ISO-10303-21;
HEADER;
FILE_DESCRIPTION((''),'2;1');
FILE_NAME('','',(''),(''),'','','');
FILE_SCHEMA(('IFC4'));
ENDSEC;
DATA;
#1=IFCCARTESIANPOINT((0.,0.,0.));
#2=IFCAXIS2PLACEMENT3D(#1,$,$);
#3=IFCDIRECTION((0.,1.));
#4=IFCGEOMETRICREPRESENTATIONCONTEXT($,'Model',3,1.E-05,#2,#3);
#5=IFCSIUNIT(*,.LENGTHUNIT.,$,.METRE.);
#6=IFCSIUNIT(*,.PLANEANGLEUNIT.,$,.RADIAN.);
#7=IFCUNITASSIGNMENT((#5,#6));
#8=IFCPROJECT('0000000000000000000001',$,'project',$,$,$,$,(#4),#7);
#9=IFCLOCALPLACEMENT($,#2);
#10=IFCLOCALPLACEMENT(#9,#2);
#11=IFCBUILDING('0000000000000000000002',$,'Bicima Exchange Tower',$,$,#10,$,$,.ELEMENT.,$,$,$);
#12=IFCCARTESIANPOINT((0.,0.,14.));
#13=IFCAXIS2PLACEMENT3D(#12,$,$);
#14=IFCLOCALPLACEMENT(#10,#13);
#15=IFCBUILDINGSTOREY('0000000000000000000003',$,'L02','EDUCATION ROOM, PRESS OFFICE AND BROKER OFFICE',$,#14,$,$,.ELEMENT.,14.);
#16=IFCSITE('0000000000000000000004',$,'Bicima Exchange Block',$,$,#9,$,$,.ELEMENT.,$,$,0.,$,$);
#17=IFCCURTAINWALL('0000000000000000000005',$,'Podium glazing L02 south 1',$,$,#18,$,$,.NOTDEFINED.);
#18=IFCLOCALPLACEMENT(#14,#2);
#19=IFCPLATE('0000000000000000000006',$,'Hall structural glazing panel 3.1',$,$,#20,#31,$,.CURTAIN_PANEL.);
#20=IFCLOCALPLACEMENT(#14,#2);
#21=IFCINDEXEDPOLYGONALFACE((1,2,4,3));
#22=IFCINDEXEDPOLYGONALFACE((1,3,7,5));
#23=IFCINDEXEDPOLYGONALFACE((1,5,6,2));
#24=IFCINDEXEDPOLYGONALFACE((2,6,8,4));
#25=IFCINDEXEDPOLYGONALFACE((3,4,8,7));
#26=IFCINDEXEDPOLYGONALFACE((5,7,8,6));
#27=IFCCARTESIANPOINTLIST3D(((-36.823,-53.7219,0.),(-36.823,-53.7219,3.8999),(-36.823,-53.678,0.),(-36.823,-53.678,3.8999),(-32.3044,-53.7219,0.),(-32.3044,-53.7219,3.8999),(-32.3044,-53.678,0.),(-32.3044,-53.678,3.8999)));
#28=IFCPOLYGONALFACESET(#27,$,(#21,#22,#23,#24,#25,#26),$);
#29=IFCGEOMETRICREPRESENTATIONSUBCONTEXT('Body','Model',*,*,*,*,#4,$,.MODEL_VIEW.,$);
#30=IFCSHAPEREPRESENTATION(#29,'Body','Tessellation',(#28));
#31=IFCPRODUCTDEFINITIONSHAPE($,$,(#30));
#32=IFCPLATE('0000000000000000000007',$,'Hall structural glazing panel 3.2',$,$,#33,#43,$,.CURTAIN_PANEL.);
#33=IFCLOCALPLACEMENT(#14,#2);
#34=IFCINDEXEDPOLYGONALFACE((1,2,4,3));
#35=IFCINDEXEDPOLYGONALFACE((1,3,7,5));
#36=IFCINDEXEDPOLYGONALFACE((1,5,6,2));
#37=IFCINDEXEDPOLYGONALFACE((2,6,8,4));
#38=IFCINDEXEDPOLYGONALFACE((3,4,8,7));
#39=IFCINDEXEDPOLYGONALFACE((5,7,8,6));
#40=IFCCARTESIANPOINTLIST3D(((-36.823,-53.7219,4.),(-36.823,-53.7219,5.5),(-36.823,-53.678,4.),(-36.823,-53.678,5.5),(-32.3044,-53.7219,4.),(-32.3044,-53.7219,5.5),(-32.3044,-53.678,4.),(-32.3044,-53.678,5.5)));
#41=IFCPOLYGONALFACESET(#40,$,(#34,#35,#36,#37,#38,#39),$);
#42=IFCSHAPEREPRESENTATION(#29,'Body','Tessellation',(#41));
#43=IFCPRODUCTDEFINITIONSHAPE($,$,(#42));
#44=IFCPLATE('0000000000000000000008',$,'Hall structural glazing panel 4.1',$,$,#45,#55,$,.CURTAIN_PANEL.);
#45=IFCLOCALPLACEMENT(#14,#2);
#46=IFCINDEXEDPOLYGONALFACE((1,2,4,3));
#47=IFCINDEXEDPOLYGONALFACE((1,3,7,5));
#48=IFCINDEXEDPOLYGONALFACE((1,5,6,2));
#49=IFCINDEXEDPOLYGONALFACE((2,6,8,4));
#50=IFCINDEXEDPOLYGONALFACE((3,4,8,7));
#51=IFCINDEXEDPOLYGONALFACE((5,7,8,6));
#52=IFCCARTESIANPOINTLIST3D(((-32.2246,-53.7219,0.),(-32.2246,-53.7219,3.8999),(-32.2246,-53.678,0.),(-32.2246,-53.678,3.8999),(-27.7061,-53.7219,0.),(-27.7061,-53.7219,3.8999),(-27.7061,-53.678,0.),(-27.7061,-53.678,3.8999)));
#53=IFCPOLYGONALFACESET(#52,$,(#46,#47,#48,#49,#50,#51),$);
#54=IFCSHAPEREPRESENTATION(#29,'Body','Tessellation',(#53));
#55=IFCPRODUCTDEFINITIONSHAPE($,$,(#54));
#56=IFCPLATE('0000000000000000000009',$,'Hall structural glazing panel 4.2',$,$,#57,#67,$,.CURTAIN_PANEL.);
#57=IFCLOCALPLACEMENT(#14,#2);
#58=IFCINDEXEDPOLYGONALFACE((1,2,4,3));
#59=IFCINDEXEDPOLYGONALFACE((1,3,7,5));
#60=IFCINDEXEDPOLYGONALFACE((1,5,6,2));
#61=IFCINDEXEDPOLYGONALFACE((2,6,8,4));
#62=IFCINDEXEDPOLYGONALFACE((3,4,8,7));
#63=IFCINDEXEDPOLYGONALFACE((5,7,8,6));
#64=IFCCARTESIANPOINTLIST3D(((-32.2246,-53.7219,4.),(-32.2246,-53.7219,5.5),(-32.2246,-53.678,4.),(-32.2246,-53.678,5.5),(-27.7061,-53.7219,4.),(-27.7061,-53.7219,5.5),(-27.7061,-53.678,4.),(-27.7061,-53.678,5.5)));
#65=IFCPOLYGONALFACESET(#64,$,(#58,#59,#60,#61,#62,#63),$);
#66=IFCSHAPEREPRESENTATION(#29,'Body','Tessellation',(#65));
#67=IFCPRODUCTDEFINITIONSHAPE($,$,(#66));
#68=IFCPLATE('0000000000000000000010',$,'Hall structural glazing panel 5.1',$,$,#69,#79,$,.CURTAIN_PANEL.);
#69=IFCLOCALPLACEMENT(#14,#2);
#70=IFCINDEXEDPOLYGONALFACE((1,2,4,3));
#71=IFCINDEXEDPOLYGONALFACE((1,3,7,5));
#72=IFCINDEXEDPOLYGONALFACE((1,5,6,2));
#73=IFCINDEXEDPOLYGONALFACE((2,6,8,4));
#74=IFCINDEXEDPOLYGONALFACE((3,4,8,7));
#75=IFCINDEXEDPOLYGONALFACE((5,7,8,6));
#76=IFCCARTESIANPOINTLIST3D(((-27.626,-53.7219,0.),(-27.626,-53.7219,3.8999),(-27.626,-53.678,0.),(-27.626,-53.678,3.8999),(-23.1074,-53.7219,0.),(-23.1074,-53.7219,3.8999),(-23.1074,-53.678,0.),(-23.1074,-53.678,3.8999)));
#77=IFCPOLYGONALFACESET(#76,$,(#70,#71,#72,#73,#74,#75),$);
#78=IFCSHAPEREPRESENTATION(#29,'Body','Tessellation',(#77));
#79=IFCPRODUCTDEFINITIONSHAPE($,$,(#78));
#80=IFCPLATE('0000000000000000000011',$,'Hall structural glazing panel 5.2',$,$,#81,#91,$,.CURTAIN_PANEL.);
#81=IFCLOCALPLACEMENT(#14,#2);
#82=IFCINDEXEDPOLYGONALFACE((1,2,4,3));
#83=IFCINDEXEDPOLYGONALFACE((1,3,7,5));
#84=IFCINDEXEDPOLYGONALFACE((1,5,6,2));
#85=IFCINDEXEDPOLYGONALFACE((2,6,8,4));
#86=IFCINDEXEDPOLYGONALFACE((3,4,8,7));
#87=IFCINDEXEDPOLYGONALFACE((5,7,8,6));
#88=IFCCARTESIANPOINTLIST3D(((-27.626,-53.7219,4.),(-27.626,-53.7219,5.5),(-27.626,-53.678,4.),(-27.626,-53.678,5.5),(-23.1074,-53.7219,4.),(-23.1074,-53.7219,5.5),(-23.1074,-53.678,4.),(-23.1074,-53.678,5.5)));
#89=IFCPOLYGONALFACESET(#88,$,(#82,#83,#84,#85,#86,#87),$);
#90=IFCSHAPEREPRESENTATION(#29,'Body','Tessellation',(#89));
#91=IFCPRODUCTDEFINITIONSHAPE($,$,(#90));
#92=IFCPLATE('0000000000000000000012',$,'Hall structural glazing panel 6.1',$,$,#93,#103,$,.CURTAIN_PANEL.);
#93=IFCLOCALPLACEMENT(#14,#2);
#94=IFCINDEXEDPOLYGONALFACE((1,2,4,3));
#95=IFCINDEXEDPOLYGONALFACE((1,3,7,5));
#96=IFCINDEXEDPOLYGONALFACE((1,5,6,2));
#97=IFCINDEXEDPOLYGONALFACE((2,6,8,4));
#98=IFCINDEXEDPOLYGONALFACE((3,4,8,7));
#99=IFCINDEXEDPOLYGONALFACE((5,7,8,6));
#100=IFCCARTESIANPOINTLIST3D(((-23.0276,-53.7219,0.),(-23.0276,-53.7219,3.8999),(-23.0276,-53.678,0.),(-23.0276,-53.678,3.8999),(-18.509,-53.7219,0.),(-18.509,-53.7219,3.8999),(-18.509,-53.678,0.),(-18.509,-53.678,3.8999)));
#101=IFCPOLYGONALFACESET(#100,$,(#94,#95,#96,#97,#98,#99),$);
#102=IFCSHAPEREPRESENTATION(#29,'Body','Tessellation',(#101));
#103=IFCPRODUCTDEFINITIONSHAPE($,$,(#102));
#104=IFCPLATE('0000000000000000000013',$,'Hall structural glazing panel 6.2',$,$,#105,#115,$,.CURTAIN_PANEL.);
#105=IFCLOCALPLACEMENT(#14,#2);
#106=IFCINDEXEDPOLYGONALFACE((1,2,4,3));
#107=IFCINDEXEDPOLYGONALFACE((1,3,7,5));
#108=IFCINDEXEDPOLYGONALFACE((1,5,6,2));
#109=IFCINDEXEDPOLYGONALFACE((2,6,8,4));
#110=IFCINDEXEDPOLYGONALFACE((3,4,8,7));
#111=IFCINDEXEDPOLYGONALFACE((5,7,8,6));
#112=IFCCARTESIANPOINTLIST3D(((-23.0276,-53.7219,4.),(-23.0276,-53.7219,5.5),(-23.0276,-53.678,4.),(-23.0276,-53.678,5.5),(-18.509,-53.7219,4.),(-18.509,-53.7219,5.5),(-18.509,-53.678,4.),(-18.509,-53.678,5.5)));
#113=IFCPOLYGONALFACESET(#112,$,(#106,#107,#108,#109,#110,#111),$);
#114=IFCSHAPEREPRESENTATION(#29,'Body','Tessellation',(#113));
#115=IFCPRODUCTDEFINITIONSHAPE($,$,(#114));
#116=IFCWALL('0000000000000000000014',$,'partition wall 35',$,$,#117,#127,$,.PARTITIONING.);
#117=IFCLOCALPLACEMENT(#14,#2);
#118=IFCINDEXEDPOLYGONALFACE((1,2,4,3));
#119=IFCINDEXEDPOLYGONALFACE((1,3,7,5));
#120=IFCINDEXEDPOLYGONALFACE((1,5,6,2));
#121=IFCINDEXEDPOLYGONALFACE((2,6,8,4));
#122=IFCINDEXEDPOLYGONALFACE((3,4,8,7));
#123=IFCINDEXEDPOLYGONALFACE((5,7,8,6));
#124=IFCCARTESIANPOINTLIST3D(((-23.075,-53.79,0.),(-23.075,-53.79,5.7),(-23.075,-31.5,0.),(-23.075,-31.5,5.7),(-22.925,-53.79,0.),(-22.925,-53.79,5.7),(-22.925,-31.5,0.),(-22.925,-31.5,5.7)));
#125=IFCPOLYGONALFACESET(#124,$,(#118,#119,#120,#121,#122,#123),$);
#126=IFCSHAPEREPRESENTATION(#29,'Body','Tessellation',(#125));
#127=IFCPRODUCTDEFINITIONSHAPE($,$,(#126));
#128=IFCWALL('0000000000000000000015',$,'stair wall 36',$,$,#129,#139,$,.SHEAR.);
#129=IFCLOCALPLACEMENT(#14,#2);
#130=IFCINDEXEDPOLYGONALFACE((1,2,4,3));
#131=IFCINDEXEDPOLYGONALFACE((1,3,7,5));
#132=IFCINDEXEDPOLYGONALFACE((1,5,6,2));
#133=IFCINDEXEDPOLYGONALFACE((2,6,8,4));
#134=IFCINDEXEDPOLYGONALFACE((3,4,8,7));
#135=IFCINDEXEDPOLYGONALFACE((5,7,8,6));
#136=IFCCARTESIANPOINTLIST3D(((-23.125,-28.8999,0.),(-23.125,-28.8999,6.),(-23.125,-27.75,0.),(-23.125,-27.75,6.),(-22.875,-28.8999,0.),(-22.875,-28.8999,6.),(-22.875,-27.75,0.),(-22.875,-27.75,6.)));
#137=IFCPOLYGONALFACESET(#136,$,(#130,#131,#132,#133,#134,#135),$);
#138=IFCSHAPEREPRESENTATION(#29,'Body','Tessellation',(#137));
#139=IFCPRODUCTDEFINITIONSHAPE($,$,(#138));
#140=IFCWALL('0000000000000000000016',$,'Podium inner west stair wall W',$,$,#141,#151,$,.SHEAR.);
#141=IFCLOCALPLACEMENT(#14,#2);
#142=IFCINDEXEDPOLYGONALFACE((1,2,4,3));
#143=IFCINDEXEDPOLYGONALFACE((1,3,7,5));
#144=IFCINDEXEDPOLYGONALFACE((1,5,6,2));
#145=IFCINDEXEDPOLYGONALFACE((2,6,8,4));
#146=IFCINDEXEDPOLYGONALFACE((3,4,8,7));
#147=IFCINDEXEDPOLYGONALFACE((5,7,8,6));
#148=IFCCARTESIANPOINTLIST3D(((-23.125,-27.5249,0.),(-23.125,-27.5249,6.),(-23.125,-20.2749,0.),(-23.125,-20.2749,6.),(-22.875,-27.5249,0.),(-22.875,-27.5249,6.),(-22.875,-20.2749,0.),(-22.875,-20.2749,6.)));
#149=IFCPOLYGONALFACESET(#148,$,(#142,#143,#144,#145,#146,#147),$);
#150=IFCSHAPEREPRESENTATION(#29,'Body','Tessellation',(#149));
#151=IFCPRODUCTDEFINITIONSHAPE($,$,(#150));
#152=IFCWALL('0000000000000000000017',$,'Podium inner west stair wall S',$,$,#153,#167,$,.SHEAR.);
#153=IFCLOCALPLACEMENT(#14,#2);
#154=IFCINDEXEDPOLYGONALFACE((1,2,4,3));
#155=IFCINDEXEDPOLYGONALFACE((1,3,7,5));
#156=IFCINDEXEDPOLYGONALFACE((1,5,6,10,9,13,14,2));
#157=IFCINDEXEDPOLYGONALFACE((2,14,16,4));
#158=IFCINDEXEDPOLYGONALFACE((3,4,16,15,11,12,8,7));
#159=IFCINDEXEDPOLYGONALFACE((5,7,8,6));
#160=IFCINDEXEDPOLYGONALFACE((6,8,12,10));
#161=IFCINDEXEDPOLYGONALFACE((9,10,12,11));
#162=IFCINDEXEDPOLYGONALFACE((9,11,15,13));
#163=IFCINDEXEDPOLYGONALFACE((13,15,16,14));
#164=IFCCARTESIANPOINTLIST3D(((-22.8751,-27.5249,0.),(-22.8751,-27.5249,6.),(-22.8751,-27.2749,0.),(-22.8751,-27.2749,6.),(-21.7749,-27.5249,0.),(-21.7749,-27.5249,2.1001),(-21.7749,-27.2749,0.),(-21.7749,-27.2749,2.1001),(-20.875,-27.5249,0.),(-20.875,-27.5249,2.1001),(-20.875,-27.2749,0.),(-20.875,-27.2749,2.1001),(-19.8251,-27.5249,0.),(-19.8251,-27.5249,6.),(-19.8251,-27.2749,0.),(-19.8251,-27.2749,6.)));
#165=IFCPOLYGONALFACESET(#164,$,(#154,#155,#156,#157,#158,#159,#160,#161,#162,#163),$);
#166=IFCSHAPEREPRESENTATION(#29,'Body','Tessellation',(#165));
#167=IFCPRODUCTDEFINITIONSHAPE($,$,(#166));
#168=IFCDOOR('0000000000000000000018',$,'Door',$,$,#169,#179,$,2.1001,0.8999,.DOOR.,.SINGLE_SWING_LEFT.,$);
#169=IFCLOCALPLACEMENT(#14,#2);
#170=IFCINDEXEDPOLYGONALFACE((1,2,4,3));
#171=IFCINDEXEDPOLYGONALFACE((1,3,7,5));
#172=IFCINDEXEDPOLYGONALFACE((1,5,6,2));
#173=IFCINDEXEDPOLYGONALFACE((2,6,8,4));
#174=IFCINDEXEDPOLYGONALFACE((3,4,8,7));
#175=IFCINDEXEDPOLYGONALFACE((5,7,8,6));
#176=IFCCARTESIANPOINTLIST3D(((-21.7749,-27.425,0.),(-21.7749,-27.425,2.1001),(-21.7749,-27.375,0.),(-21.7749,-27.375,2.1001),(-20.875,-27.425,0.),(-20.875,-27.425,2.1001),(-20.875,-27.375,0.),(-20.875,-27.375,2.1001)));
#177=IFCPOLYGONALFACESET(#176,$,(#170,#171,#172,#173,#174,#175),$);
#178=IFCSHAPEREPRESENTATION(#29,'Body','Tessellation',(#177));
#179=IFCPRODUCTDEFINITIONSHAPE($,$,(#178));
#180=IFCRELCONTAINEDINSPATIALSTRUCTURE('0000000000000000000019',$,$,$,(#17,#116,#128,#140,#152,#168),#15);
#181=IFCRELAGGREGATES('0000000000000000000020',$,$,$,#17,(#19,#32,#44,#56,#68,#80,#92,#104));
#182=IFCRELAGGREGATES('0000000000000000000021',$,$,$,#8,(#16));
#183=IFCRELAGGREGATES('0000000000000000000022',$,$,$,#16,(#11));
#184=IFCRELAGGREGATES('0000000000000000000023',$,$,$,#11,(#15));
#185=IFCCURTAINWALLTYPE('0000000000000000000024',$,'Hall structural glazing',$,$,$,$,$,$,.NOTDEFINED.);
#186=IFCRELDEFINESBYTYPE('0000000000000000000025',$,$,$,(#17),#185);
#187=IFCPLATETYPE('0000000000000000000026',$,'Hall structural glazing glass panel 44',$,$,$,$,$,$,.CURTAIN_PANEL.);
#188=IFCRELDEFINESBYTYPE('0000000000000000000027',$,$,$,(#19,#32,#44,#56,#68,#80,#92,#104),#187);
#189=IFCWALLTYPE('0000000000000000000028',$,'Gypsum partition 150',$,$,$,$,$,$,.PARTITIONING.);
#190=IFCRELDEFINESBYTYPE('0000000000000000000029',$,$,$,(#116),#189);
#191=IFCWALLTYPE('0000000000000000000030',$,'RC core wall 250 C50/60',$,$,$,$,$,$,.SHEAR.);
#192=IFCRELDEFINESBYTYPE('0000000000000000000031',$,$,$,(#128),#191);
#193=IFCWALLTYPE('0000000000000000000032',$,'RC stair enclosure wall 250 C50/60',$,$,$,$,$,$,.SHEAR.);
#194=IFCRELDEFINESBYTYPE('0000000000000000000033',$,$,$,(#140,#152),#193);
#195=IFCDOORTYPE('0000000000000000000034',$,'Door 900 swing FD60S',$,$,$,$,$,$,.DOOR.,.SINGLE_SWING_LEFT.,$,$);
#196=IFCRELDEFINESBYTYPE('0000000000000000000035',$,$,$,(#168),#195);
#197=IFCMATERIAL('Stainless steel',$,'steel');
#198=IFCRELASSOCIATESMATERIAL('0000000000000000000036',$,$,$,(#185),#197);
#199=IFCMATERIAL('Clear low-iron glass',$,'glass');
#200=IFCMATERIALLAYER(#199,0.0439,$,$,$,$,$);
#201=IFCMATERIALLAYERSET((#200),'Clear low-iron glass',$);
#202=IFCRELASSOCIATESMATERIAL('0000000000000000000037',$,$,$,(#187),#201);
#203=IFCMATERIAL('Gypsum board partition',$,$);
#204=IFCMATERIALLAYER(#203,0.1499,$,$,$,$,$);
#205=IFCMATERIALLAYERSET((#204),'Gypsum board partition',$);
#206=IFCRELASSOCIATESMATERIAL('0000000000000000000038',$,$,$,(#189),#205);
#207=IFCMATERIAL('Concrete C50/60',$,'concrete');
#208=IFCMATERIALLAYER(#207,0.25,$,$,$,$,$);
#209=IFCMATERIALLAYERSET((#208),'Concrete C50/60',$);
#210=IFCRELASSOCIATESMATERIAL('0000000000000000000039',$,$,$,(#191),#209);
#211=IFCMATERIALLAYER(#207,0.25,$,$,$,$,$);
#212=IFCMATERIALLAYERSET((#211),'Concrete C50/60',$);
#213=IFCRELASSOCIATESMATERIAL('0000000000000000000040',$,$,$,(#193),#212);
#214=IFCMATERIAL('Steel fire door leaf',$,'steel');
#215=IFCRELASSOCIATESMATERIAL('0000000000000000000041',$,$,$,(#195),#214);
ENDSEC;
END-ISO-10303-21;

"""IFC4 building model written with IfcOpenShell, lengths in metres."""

from ifc_helpers import new_model, si_unit, direction, frame, frame_2d, origin, origin_2d, place, context, subcontext, project, spatial, rectangle, extrude, material, layer, layer_set, type_object, element, fill, aggregate, save


model = new_model("IFC4")

# Units and contexts
model_context = context("Model", 3, precision=1e-05, world=origin(), true_north=direction((0.0, 1.0)))
body_context = subcontext(model_context, "Body", "Model", "MODEL_VIEW")
ifc_project = project(units=[si_unit("LENGTHUNIT", "METRE"), si_unit("PLANEANGLEUNIT", "RADIAN")], contexts=[model_context])

# Site, building, storey
site_placement = place(None, origin())
site = spatial("IfcSite", under=ifc_project, at=site_placement, Name="Bicima Exchange Block", CompositionType="ELEMENT", RefElevation=0.0)
building_placement = place(site_placement, origin())
building = spatial("IfcBuilding", under=site, at=building_placement, Name="Bicima Exchange Tower", CompositionType="ELEMENT")
storey_placement = place(building_placement, frame((0.0, 0.0, 14.0)))
storey = spatial("IfcBuildingStorey", under=building, at=storey_placement, Name="L02", Description="EDUCATION ROOM, PRESS OFFICE AND BROKER OFFICE", CompositionType="ELEMENT", Elevation=14.0)

# Curtain wall, plates
ifc_material_1 = material(Name="Stainless steel", Category="steel")
curtain_wall_type = type_object("IfcCurtainWallType", Name="Hall structural glazing", PredefinedType="NOTDEFINED", material=ifc_material_1)
curtain_wall_placement = place(storey_placement, origin())
curtain_wall = element("IfcCurtainWall", 1, at=curtain_wall_placement, inside=storey, type_object=curtain_wall_type, Name="Podium glazing L02 south 1", PredefinedType="NOTDEFINED")
ifc_material_2 = material(Name="Clear low-iron glass", Category="glass")
ifc_layer_1 = layer(ifc_material_2, 0.0439)
ifc_layer_set_1 = layer_set([ifc_layer_1], Name="Clear low-iron glass")
plate_type = type_object("IfcPlateType", Name="Hall structural glazing glass panel 44", PredefinedType="CURTAIN_PANEL", material=ifc_layer_set_1)
plate_1_placement = place(storey_placement, frame((-34.5637, -53.7, 0.0), z_axis=(0.0, 0.0, 1.0), x_axis=(1.0, 0.0, 0.0)))
plate_1 = element("IfcPlate", 2, at=plate_1_placement, type_object=plate_type, Name="Hall structural glazing panel 3.1", PredefinedType="CURTAIN_PANEL", context=body_context, shape_type="SweptSolid", body=[
    extrude(rectangle(XDim=4.5186, YDim=0.0439, at=origin_2d()), origin(), (0.0, 0.0, 1.0), 3.8999),
])
plate_2_placement = place(storey_placement, frame((-34.5637, -53.7, 4.0), z_axis=(0.0, 0.0, 1.0), x_axis=(1.0, 0.0, 0.0)))
plate_2 = element("IfcPlate", 3, at=plate_2_placement, type_object=plate_type, Name="Hall structural glazing panel 3.2", PredefinedType="CURTAIN_PANEL", context=body_context, shape_type="SweptSolid", body=[
    extrude(rectangle(XDim=4.5186, YDim=0.0439, at=origin_2d()), origin(), (0.0, 0.0, 1.0), 1.5),
])
plate_3_placement = place(storey_placement, frame((-29.9653, -53.7, 0.0), z_axis=(0.0, 0.0, 1.0), x_axis=(1.0, 0.0, 0.0)))
plate_3 = element("IfcPlate", 4, at=plate_3_placement, type_object=plate_type, Name="Hall structural glazing panel 4.1", PredefinedType="CURTAIN_PANEL", context=body_context, shape_type="SweptSolid", body=[
    extrude(rectangle(XDim=4.5186, YDim=0.0439, at=origin_2d()), origin(), (0.0, 0.0, 1.0), 3.8999),
])
plate_4_placement = place(storey_placement, frame((-29.9653, -53.7, 4.0), z_axis=(0.0, 0.0, 1.0), x_axis=(1.0, 0.0, 0.0)))
plate_4 = element("IfcPlate", 5, at=plate_4_placement, type_object=plate_type, Name="Hall structural glazing panel 4.2", PredefinedType="CURTAIN_PANEL", context=body_context, shape_type="SweptSolid", body=[
    extrude(rectangle(XDim=4.5186, YDim=0.0439, at=origin_2d()), origin(), (0.0, 0.0, 1.0), 1.5),
])
plate_5_placement = place(storey_placement, frame((-25.3667, -53.7, 0.0), z_axis=(0.0, 0.0, 1.0), x_axis=(1.0, 0.0, 0.0)))
plate_5 = element("IfcPlate", 6, at=plate_5_placement, type_object=plate_type, Name="Hall structural glazing panel 5.1", PredefinedType="CURTAIN_PANEL", context=body_context, shape_type="SweptSolid", body=[
    extrude(rectangle(XDim=4.5186, YDim=0.0439, at=origin_2d()), origin(), (0.0, 0.0, 1.0), 3.8999),
])
plate_6_placement = place(storey_placement, frame((-25.3667, -53.7, 4.0), z_axis=(0.0, 0.0, 1.0), x_axis=(1.0, 0.0, 0.0)))
plate_6 = element("IfcPlate", 7, at=plate_6_placement, type_object=plate_type, Name="Hall structural glazing panel 5.2", PredefinedType="CURTAIN_PANEL", context=body_context, shape_type="SweptSolid", body=[
    extrude(rectangle(XDim=4.5186, YDim=0.0439, at=origin_2d()), origin(), (0.0, 0.0, 1.0), 1.5),
])
plate_7_placement = place(storey_placement, frame((-20.7683, -53.7, 0.0), z_axis=(0.0, 0.0, 1.0), x_axis=(1.0, 0.0, 0.0)))
plate_7 = element("IfcPlate", 8, at=plate_7_placement, type_object=plate_type, Name="Hall structural glazing panel 6.1", PredefinedType="CURTAIN_PANEL", context=body_context, shape_type="SweptSolid", body=[
    extrude(rectangle(XDim=4.5186, YDim=0.0439, at=origin_2d()), origin(), (0.0, 0.0, 1.0), 3.8999),
])
plate_8_placement = place(storey_placement, frame((-20.7683, -53.7, 4.0), z_axis=(0.0, 0.0, 1.0), x_axis=(1.0, 0.0, 0.0)))
plate_8 = element("IfcPlate", 9, at=plate_8_placement, type_object=plate_type, Name="Hall structural glazing panel 6.2", PredefinedType="CURTAIN_PANEL", context=body_context, shape_type="SweptSolid", body=[
    extrude(rectangle(XDim=4.5186, YDim=0.0439, at=origin_2d()), origin(), (0.0, 0.0, 1.0), 1.5),
])
aggregate(curtain_wall, [plate_1, plate_2, plate_3, plate_4, plate_5, plate_6, plate_7, plate_8])

# Walls
ifc_material_3 = material(Name="Gypsum board partition")
ifc_layer_2 = layer(ifc_material_3, 0.1499)
ifc_layer_set_2 = layer_set([ifc_layer_2], Name="Gypsum board partition")
wall_type_1 = type_object("IfcWallType", Name="Gypsum partition 150", PredefinedType="PARTITIONING", material=ifc_layer_set_2)
wall_1_placement = place(storey_placement, frame((-23.0, -53.79, 0.0), z_axis=(0.0, 0.0, 1.0), x_axis=(0.0, 1.0, 0.0)))
element("IfcWall", 10, at=wall_1_placement, inside=storey, type_object=wall_type_1, Name="partition wall 35", PredefinedType="PARTITIONING", context=body_context, shape_type="SweptSolid", body=[
    extrude(rectangle(XDim=22.29, YDim=0.1499, at=frame_2d((11.145, 0.0))), origin(), (0.0, 0.0, 1.0), 5.7),
])
ifc_material_4 = material(Name="Concrete C50/60", Category="concrete")
ifc_layer_3 = layer(ifc_material_4, 0.25)
ifc_layer_set_3 = layer_set([ifc_layer_3], Name="Concrete C50/60")
wall_type_2 = type_object("IfcWallType", Name="RC core wall 250 C50/60", PredefinedType="SHEAR", material=ifc_layer_set_3)
wall_2_placement = place(storey_placement, frame((-23.0, -28.8999, 0.0), z_axis=(0.0, 0.0, 1.0), x_axis=(0.0, 1.0, 0.0)))
element("IfcWall", 11, at=wall_2_placement, inside=storey, type_object=wall_type_2, Name="stair wall 36", PredefinedType="SHEAR", context=body_context, shape_type="SweptSolid", body=[
    extrude(rectangle(XDim=1.1499, YDim=0.25, at=frame_2d((0.575, 0.0))), origin(), (0.0, 0.0, 1.0), 6.0),
])
ifc_layer_4 = layer(ifc_material_4, 0.25)
ifc_layer_set_4 = layer_set([ifc_layer_4], Name="Concrete C50/60")
wall_type_3 = type_object("IfcWallType", Name="RC stair enclosure wall 250 C50/60", PredefinedType="SHEAR", material=ifc_layer_set_4)
wall_3_placement = place(storey_placement, frame((-23.0, -27.5249, 0.0), z_axis=(0.0, 0.0, 1.0), x_axis=(0.0, 1.0, 0.0)))
element("IfcWall", 12, at=wall_3_placement, inside=storey, type_object=wall_type_3, Name="Podium inner west stair wall W", PredefinedType="SHEAR", context=body_context, shape_type="SweptSolid", body=[
    extrude(rectangle(XDim=7.25, YDim=0.25, at=frame_2d((3.625, 0.0))), origin(), (0.0, 0.0, 1.0), 6.0),
])

# Wall, opening, door
wall_4_placement = place(storey_placement, frame((-22.875, -27.3999, 0.0), z_axis=(0.0, 0.0, 1.0), x_axis=(1.0, 0.0, 0.0)))
wall_4 = element("IfcWall", 13, at=wall_4_placement, inside=storey, type_object=wall_type_3, Name="Podium inner west stair wall S", PredefinedType="SHEAR", context=body_context, shape_type="SweptSolid", body=[
    extrude(rectangle(XDim=3.05, YDim=0.25, at=frame_2d((1.5249, 0.0))), origin(), (0.0, 0.0, 1.0), 6.0),
])
opening_placement = place(wall_4_placement, frame((1.1001, 0.0, 0.0)))
opening = element("IfcOpeningElement", 14, at=opening_placement, cuts=wall_4, PredefinedType="OPENING", context=body_context, shape_type="SweptSolid", body=[
    extrude(rectangle(XDim=0.8999, YDim=2.1001, at=frame_2d((0.45, 1.05))), frame((0.0, 0.137, 0.0), z_axis=(0.0, -1.0, 0.0), x_axis=(1.0, 0.0, 0.0)), (0.0, 0.0, 1.0), 0.2739),
])
ifc_material_5 = material(Name="Steel fire door leaf", Category="steel")
door_type = type_object("IfcDoorType", Name="Door 900 swing FD60S", OperationType="SINGLE_SWING_LEFT", PredefinedType="DOOR", material=ifc_material_5)
door_placement = place(opening_placement, origin())
door = element("IfcDoor", 15, at=door_placement, inside=storey, type_object=door_type, Name="Door", OperationType="SINGLE_SWING_LEFT", OverallHeight=2.1001, OverallWidth=0.8999, PredefinedType="DOOR", context=body_context, shape_type="SweptSolid", body=[
    extrude(rectangle(XDim=0.8999, YDim=2.1001, at=frame_2d((0.45, 1.05))), frame((0.0, 0.0249, 0.0), z_axis=(0.0, -1.0, 0.0), x_axis=(1.0, 0.0, 0.0)), (0.0, 0.0, 1.0), 0.05),
])
fill(opening, door)

save(model, "model.ifc")
